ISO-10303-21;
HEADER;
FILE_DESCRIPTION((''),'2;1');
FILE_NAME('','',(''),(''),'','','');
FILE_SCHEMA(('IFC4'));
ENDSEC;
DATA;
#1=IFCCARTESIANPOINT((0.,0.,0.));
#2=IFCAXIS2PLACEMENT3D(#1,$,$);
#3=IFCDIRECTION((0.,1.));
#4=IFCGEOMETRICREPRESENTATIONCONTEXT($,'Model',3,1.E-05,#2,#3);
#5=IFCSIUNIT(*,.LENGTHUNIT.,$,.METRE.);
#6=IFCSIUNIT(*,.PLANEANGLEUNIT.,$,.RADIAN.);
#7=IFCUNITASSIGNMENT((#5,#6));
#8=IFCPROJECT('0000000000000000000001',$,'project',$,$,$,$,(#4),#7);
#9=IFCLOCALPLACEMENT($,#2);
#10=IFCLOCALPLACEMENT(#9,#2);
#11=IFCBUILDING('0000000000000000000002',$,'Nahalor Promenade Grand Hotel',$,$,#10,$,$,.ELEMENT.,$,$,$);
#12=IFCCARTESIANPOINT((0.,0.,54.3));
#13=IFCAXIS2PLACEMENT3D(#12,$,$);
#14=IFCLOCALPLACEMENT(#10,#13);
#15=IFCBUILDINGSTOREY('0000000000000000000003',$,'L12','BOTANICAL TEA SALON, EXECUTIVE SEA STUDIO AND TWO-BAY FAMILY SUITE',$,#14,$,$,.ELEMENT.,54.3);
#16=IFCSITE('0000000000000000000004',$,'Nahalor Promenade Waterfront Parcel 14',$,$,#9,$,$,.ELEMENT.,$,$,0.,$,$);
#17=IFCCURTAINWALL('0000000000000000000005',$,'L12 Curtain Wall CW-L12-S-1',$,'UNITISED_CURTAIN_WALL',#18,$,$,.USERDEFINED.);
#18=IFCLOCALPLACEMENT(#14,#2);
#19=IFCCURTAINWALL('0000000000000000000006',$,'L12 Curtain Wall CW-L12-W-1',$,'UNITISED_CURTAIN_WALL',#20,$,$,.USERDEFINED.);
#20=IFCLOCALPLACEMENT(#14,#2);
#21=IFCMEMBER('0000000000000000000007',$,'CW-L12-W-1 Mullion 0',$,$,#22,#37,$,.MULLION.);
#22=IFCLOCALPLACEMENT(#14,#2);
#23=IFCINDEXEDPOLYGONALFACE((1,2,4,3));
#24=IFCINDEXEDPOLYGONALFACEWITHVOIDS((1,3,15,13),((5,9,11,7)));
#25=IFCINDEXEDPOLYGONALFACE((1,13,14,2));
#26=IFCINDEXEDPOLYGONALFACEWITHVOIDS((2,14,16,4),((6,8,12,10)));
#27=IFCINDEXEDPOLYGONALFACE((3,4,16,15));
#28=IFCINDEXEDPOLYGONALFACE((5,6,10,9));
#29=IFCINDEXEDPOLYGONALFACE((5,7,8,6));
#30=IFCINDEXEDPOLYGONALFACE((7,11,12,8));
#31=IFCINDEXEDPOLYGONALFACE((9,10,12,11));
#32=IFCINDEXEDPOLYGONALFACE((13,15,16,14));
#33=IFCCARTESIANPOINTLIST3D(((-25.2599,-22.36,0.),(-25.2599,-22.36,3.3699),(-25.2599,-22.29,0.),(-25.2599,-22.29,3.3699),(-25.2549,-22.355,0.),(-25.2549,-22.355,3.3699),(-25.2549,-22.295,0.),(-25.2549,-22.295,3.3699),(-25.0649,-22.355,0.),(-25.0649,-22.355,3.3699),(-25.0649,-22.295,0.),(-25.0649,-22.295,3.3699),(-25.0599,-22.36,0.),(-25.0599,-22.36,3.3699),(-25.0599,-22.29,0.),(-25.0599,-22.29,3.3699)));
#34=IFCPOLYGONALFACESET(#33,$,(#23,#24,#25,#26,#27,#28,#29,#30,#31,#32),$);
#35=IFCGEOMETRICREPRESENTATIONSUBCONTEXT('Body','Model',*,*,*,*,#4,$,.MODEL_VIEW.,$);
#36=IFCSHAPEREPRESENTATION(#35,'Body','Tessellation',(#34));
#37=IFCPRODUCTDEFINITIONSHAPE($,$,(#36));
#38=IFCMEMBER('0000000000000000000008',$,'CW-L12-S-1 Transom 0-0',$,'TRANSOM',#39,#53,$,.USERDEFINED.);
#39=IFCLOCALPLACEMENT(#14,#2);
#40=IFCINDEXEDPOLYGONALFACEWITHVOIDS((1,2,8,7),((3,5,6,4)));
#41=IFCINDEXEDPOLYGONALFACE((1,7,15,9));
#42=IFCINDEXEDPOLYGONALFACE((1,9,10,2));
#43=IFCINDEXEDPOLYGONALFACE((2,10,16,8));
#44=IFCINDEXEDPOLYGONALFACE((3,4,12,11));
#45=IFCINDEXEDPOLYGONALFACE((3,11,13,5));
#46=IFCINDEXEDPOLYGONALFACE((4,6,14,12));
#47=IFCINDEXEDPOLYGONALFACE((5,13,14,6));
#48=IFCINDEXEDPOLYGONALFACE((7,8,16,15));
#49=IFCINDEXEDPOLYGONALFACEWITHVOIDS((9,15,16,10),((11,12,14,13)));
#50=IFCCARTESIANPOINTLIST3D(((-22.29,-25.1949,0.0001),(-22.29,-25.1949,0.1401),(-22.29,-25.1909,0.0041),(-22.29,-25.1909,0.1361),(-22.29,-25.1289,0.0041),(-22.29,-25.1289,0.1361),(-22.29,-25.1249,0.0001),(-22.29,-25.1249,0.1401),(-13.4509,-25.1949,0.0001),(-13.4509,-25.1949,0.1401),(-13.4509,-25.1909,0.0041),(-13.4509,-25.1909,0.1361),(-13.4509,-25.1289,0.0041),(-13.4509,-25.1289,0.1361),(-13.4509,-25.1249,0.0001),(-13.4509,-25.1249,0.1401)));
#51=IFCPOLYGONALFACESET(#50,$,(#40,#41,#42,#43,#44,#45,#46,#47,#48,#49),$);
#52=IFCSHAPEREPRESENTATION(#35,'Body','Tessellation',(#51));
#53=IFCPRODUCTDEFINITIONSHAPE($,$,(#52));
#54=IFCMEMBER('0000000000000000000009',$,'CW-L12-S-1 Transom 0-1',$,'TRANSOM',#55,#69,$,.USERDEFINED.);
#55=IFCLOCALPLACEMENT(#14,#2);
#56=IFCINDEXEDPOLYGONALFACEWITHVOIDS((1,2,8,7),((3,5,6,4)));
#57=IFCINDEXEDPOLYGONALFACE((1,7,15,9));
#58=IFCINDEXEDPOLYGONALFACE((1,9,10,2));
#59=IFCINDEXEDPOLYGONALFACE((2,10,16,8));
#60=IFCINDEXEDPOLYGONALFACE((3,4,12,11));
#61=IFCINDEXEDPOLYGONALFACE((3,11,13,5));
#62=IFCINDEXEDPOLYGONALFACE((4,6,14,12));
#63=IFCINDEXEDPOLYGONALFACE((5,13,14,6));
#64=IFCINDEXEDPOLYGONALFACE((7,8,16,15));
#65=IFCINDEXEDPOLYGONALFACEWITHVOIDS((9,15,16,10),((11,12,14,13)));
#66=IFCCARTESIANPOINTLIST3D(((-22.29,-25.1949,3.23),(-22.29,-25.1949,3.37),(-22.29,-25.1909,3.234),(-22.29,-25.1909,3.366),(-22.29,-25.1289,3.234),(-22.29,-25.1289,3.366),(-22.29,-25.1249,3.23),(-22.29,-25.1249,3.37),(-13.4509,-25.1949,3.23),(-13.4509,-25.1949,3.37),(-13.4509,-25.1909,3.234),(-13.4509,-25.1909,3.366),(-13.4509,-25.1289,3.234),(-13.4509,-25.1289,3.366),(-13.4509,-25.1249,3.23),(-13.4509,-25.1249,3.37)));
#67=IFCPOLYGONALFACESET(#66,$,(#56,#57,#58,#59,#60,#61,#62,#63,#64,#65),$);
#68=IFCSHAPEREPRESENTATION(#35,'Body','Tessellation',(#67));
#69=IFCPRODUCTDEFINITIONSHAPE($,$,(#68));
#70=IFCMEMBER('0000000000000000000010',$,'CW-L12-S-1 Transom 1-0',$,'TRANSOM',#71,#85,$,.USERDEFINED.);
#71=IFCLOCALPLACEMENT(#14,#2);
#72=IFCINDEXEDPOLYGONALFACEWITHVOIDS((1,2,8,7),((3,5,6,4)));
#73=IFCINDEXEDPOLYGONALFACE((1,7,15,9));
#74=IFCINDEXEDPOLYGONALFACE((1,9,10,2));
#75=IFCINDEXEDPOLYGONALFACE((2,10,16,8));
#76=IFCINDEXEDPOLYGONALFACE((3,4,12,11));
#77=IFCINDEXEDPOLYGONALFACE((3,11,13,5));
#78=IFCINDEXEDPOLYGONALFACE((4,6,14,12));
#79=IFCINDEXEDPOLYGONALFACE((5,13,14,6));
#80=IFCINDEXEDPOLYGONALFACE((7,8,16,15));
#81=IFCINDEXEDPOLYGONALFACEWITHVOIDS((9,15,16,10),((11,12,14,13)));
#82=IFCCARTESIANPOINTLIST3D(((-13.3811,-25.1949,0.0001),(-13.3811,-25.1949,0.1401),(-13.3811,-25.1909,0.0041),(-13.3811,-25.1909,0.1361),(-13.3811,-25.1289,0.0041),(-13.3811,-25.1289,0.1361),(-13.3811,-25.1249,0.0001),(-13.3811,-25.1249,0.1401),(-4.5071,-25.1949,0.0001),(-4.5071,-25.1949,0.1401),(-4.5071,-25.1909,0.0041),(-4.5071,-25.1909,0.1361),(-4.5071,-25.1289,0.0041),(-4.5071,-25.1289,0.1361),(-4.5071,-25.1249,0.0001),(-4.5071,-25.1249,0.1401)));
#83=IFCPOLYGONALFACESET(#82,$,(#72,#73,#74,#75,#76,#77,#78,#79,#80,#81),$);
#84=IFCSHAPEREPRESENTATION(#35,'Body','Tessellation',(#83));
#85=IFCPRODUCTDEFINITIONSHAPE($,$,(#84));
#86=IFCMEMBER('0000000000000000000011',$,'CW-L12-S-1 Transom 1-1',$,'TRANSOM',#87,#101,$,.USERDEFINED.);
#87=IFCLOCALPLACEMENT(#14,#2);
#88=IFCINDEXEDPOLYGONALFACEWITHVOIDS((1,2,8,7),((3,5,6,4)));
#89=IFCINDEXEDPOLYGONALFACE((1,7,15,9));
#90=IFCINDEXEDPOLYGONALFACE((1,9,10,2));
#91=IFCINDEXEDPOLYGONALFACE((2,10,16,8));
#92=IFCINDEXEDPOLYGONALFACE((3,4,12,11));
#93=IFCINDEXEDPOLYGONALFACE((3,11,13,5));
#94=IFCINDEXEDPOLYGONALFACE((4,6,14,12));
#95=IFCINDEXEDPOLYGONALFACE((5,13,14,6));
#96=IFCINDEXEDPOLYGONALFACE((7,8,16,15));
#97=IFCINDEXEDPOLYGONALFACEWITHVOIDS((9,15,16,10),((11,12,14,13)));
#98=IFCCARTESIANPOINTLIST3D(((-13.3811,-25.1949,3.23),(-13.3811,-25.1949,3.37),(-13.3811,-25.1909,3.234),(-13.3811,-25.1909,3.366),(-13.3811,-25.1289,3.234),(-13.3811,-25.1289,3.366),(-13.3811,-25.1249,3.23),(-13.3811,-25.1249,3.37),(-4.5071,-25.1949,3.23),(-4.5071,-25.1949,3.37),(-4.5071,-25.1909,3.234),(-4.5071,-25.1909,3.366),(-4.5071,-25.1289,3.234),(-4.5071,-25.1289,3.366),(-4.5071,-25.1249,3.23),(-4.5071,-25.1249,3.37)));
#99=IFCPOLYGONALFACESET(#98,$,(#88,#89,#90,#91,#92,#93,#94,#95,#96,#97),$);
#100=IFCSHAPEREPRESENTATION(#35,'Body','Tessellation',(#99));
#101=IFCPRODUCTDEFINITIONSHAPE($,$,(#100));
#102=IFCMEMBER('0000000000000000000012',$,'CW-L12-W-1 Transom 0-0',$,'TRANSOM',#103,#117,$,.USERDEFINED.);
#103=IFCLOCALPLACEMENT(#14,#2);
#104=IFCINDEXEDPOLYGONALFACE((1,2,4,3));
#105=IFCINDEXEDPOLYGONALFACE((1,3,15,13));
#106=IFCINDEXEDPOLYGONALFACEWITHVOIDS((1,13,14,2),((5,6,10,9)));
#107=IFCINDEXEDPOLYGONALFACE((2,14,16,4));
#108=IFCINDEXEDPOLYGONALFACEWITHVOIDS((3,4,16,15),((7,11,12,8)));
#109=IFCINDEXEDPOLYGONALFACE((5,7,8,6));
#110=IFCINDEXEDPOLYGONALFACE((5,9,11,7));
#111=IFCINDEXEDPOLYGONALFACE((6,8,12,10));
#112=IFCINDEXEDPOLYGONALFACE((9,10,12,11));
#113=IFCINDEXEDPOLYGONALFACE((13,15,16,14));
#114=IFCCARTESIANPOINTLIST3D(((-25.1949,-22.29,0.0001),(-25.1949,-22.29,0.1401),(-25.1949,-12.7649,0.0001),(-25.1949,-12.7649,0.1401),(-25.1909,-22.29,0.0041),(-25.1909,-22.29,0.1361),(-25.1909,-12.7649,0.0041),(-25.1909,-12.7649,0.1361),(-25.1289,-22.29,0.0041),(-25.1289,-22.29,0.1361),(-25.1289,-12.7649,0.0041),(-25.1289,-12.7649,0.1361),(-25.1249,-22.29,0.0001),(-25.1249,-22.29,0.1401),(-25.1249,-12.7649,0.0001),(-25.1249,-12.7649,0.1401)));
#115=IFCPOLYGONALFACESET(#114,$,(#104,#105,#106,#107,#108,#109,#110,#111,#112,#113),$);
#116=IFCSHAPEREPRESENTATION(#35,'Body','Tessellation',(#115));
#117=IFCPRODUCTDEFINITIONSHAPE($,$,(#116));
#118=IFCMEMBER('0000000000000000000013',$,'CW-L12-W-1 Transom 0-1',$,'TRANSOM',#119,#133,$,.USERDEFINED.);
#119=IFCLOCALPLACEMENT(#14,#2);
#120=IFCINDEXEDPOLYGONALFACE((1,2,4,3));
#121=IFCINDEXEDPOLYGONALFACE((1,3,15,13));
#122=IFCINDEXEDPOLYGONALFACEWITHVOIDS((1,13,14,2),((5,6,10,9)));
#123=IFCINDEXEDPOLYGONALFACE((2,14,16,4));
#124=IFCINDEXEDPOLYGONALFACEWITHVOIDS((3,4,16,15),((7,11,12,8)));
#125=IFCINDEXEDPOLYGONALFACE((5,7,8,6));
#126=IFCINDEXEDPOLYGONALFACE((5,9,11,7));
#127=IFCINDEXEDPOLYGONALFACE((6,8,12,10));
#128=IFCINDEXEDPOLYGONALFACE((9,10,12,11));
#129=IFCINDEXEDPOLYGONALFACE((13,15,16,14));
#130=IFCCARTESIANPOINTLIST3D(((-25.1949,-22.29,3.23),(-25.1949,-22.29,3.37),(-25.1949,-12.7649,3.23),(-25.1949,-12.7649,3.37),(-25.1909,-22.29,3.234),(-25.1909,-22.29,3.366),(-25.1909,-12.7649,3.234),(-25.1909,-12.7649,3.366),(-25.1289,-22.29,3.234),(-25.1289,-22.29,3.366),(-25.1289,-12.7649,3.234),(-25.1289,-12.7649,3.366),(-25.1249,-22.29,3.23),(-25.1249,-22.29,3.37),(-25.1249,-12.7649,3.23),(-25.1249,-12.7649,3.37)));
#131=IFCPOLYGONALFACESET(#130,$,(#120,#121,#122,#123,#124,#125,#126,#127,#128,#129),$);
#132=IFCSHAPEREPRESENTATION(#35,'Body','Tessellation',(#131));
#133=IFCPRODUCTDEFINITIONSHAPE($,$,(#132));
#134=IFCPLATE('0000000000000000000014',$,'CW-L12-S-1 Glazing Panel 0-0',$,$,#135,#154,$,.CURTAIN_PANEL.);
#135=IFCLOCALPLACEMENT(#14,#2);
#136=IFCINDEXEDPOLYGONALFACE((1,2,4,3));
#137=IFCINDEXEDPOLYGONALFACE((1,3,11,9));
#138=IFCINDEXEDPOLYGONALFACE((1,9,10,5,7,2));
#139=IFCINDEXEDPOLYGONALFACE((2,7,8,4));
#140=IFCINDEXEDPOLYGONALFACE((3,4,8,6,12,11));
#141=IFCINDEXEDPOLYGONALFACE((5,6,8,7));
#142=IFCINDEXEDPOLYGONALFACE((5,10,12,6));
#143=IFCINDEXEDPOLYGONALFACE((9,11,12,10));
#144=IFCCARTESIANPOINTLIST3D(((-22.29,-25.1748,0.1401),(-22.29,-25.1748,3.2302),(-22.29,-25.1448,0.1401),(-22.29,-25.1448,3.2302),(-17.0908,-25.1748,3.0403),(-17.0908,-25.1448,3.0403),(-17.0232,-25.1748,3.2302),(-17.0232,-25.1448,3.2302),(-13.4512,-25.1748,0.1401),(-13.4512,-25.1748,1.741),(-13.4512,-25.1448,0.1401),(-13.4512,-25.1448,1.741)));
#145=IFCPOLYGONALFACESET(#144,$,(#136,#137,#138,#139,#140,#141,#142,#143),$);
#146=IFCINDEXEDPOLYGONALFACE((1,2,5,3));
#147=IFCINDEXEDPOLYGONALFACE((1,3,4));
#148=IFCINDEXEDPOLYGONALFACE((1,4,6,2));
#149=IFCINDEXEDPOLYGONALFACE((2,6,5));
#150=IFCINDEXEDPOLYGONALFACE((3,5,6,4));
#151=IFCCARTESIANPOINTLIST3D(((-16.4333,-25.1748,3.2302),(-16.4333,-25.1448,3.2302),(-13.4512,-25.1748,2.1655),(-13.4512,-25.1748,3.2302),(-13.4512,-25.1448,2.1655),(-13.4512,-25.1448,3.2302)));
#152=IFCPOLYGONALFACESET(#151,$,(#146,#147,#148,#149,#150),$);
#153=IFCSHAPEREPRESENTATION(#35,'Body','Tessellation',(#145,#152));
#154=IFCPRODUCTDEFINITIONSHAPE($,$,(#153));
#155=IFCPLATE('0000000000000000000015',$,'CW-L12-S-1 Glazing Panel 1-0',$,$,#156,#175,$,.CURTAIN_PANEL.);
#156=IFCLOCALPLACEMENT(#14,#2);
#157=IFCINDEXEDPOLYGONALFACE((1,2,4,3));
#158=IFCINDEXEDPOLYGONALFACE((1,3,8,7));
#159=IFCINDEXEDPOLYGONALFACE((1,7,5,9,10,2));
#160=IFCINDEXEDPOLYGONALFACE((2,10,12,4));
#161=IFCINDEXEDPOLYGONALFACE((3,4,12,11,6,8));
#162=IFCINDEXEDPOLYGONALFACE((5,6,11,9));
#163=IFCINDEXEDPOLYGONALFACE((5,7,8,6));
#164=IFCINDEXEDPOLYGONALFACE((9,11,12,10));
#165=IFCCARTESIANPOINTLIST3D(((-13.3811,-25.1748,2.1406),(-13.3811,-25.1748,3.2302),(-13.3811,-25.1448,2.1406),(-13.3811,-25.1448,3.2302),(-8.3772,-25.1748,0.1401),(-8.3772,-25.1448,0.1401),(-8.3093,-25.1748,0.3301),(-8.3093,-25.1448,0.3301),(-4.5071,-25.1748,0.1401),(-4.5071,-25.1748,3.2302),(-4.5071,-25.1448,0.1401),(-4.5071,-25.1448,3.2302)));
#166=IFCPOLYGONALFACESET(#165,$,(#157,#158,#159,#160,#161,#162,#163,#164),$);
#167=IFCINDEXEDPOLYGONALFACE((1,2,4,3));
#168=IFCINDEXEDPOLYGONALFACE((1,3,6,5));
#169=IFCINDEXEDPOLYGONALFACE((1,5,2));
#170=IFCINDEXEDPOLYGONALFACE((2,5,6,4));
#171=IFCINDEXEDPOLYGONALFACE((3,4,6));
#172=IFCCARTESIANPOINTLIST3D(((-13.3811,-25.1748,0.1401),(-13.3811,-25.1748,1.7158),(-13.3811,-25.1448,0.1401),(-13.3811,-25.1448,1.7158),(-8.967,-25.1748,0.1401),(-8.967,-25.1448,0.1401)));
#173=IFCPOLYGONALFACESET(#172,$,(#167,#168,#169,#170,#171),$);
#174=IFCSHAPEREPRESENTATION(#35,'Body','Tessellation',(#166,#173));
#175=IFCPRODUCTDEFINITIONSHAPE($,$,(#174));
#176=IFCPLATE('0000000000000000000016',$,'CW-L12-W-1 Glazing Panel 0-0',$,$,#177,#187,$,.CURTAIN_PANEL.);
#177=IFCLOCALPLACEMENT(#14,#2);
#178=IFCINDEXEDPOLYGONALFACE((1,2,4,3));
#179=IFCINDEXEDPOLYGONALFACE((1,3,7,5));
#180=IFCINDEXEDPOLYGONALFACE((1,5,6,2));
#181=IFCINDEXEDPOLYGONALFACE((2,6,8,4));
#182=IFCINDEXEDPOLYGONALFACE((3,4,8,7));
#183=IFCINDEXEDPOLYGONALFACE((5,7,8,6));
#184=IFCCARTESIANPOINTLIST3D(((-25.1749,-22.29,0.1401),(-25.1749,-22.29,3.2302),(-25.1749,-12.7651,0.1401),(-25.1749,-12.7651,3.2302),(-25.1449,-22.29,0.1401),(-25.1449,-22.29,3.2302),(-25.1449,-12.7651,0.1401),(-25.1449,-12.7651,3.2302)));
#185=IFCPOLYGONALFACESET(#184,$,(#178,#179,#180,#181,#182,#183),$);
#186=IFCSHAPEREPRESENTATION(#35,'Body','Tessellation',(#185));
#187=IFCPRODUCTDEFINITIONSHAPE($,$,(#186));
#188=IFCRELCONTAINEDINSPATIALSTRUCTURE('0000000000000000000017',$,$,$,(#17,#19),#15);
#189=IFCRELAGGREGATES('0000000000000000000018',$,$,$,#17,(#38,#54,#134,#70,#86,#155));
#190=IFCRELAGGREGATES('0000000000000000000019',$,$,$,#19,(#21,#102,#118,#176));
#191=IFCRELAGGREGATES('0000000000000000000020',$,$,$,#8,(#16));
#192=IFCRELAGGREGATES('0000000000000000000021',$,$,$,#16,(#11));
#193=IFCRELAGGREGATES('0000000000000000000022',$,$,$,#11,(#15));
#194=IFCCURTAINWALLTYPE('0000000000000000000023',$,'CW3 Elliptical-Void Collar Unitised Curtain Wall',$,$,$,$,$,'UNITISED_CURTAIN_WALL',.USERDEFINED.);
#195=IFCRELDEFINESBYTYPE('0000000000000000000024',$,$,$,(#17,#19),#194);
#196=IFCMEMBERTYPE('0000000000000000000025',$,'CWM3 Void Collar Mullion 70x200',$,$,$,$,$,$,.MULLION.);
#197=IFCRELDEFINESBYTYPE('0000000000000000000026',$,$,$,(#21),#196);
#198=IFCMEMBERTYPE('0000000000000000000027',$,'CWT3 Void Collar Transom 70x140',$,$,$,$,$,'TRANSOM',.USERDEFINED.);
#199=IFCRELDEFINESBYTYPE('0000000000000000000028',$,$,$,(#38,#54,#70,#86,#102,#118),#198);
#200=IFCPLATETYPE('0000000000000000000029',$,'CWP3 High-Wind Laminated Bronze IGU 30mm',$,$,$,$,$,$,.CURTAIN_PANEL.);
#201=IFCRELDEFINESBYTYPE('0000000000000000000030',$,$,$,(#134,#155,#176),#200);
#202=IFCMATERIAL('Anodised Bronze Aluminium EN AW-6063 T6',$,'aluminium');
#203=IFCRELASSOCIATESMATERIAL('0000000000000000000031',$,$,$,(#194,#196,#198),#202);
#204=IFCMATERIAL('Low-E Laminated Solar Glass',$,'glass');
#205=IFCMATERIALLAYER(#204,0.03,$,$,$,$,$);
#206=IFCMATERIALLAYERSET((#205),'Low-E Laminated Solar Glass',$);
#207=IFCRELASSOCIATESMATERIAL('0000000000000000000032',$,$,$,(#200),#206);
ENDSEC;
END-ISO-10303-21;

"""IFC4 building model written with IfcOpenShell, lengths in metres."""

from ifc_helpers import new_model, si_unit, direction, frame, origin, origin_2d, place, context, subcontext, project, spatial, polyline, rectangle, hollow_rectangle, outline, extrude, source, transform, mapped, material, layer, layer_set, material_profile, profile_set, type_object, element, aggregate, save


model = new_model("IFC4")

# Units and contexts
model_context = context("Model", 3, precision=1e-05, world=origin(), true_north=direction((0.0, 1.0)))
body_context = subcontext(model_context, "Body", "Model", "MODEL_VIEW")
ifc_project = project(units=[si_unit("LENGTHUNIT", "METRE"), si_unit("PLANEANGLEUNIT", "RADIAN")], contexts=[model_context])

# Site, building, storey
site_placement = place(None, origin())
site = spatial("IfcSite", under=ifc_project, at=site_placement, Name="Nahalor Promenade Waterfront Parcel 14", CompositionType="ELEMENT", RefElevation=0.0)
building_placement = place(site_placement, origin())
building = spatial("IfcBuilding", under=site, at=building_placement, Name="Nahalor Promenade Grand Hotel", CompositionType="ELEMENT")
storey_placement = place(building_placement, frame((0.0, 0.0, 54.3)))
storey = spatial("IfcBuildingStorey", under=building, at=storey_placement, Name="L12", Description="BOTANICAL TEA SALON, EXECUTIVE SEA STUDIO AND TWO-BAY FAMILY SUITE", CompositionType="ELEMENT", Elevation=54.3)

# Curtain wall
ifc_material_1 = material(Name="Anodised Bronze Aluminium EN AW-6063 T6", Category="aluminium")
curtain_wall_type = type_object("IfcCurtainWallType", Name="CW3 Elliptical-Void Collar Unitised Curtain Wall", ElementType="UNITISED_CURTAIN_WALL", PredefinedType="USERDEFINED", material=ifc_material_1)
curtain_wall_1_placement = place(storey_placement, origin())
curtain_wall_1 = element("IfcCurtainWall", 1, at=curtain_wall_1_placement, inside=storey, type_object=curtain_wall_type, Name="L12 Curtain Wall CW-L12-S-1", ObjectType="UNITISED_CURTAIN_WALL", PredefinedType="USERDEFINED")
ifc_material_profile_1 = material_profile(ifc_material_1, hollow_rectangle(XDim=0.07, YDim=0.2, WallThickness=0.005, at=origin_2d()), Name="CWM 70x200x5")
ifc_profile_set_1 = profile_set([ifc_material_profile_1], Name="Anodised Bronze Aluminium EN AW-6063 T6")
member_type_1 = type_object("IfcMemberType", Name="CWM3 Void Collar Mullion 70x200", PredefinedType="MULLION", material=ifc_profile_set_1)
shared_shape_1 = source(origin(), body_context, "Body", "SweptSolid", [
    extrude(hollow_rectangle(XDim=0.07, YDim=0.2, WallThickness=0.005, at=origin_2d()), origin(), (0.0, 0.0, 1.0), 3.3699),
])

# Curtain wall, member
curtain_wall_2_placement = place(storey_placement, origin())
curtain_wall_2 = element("IfcCurtainWall", 2, at=curtain_wall_2_placement, inside=storey, type_object=curtain_wall_type, Name="L12 Curtain Wall CW-L12-W-1", ObjectType="UNITISED_CURTAIN_WALL", PredefinedType="USERDEFINED")
member_1_placement = place(storey_placement, frame((-25.1599, -22.325, 0.0), z_axis=(0.0, 0.0, 1.0), x_axis=(0.0, 1.0, 0.0)))
member_1 = element("IfcMember", 3, at=member_1_placement, type_object=member_type_1, Name="CW-L12-W-1 Mullion 0", PredefinedType="MULLION", context=body_context, shape_type="MappedRepresentation", body=[
    mapped(shared_shape_1, transform((0.0, 0.0, 0.0), scale=1.0)),
])

# Members
ifc_material_profile_2 = material_profile(ifc_material_1, hollow_rectangle(XDim=0.07, YDim=0.14, WallThickness=0.004, at=origin_2d()), Name="CWT 70x140x4")
ifc_profile_set_2 = profile_set([ifc_material_profile_2], Name="Anodised Bronze Aluminium EN AW-6063 T6")
member_type_2 = type_object("IfcMemberType", Name="CWT3 Void Collar Transom 70x140", ElementType="TRANSOM", PredefinedType="USERDEFINED", material=ifc_profile_set_2)
shared_shape_2 = source(origin(), body_context, "Body", "SweptSolid", [
    extrude(hollow_rectangle(XDim=0.07, YDim=0.14, WallThickness=0.004, at=origin_2d()), origin(), (0.0, 0.0, 1.0), 8.8391),
])
member_2_placement = place(storey_placement, frame((-22.29, -25.1599, 0.0701), z_axis=(1.0, 0.0, 0.0), x_axis=(0.0, 1.0, 0.0)))
member_2 = element("IfcMember", 4, at=member_2_placement, type_object=member_type_2, Name="CW-L12-S-1 Transom 0-0", ObjectType="TRANSOM", PredefinedType="USERDEFINED", context=body_context, shape_type="MappedRepresentation", body=[
    mapped(shared_shape_2, transform((0.0, 0.0, 0.0), scale=1.0)),
])
member_3_placement = place(storey_placement, frame((-22.29, -25.1599, 3.3), z_axis=(1.0, 0.0, 0.0), x_axis=(0.0, 1.0, 0.0)))
member_3 = element("IfcMember", 5, at=member_3_placement, type_object=member_type_2, Name="CW-L12-S-1 Transom 0-1", ObjectType="TRANSOM", PredefinedType="USERDEFINED", context=body_context, shape_type="MappedRepresentation", body=[
    mapped(shared_shape_2, transform((0.0, 0.0, 0.0), scale=1.0)),
])
shared_shape_3 = source(origin(), body_context, "Body", "SweptSolid", [
    extrude(hollow_rectangle(XDim=0.07, YDim=0.14, WallThickness=0.004, at=origin_2d()), origin(), (0.0, 0.0, 1.0), 8.874),
])
member_4_placement = place(storey_placement, frame((-13.3811, -25.1599, 0.0701), z_axis=(1.0, 0.0, 0.0), x_axis=(0.0, 1.0, 0.0)))
member_4 = element("IfcMember", 6, at=member_4_placement, type_object=member_type_2, Name="CW-L12-S-1 Transom 1-0", ObjectType="TRANSOM", PredefinedType="USERDEFINED", context=body_context, shape_type="MappedRepresentation", body=[
    mapped(shared_shape_3, transform((0.0, 0.0, 0.0), scale=1.0)),
])
member_5_placement = place(storey_placement, frame((-13.3811, -25.1599, 3.3), z_axis=(1.0, 0.0, 0.0), x_axis=(0.0, 1.0, 0.0)))
member_5 = element("IfcMember", 7, at=member_5_placement, type_object=member_type_2, Name="CW-L12-S-1 Transom 1-1", ObjectType="TRANSOM", PredefinedType="USERDEFINED", context=body_context, shape_type="MappedRepresentation", body=[
    mapped(shared_shape_3, transform((0.0, 0.0, 0.0), scale=1.0)),
])
shared_shape_4 = source(origin(), body_context, "Body", "SweptSolid", [
    extrude(hollow_rectangle(XDim=0.07, YDim=0.14, WallThickness=0.004, at=origin_2d()), origin(), (0.0, 0.0, 1.0), 9.5251),
])
member_6_placement = place(storey_placement, frame((-25.1599, -22.29, 0.0701), z_axis=(0.0, 1.0, 0.0), x_axis=(-1.0, 0.0, 0.0)))
member_6 = element("IfcMember", 8, at=member_6_placement, type_object=member_type_2, Name="CW-L12-W-1 Transom 0-0", ObjectType="TRANSOM", PredefinedType="USERDEFINED", context=body_context, shape_type="MappedRepresentation", body=[
    mapped(shared_shape_4, transform((0.0, 0.0, 0.0), scale=1.0)),
])
member_7_placement = place(storey_placement, frame((-25.1599, -22.29, 3.3), z_axis=(0.0, 1.0, 0.0), x_axis=(-1.0, 0.0, 0.0)))
member_7 = element("IfcMember", 9, at=member_7_placement, type_object=member_type_2, Name="CW-L12-W-1 Transom 0-1", ObjectType="TRANSOM", PredefinedType="USERDEFINED", context=body_context, shape_type="MappedRepresentation", body=[
    mapped(shared_shape_4, transform((0.0, 0.0, 0.0), scale=1.0)),
])

# Plates
ifc_material_2 = material(Name="Low-E Laminated Solar Glass", Category="glass")
ifc_layer_1 = layer(ifc_material_2, 0.03)
ifc_layer_set_1 = layer_set([ifc_layer_1], Name="Low-E Laminated Solar Glass")
plate_type = type_object("IfcPlateType", Name="CWP3 High-Wind Laminated Bronze IGU 30mm", PredefinedType="CURTAIN_PANEL", material=ifc_layer_set_1)
plate_1_placement = place(storey_placement, frame((-17.8706, -25.1599, 0.1401), z_axis=(0.0, 0.0, 1.0), x_axis=(1.0, 0.0, 0.0)))
plate_1 = element("IfcPlate", 10, at=plate_1_placement, type_object=plate_type, Name="CW-L12-S-1 Glazing Panel 0-0", PredefinedType="CURTAIN_PANEL", context=body_context, shape_type="SweptSolid", body=[
    extrude(outline(polyline([(-4.4194, 0.0), (4.4194, 0.0), (4.4194, 1.6008), (0.7798, 2.9001), (0.8474, 3.0901), (-4.4194, 3.0901), (-4.4194, 0.0)])), frame((0.0, 0.0151, 0.0), z_axis=(0.0, -1.0, 0.0), x_axis=(1.0, 0.0, 0.0)), (0.0, 0.0, 1.0), 0.03),
    extrude(outline(polyline([(4.4194, 2.0254), (4.4194, 3.0901), (1.4373, 3.0901), (4.4194, 2.0254)])), frame((0.0, 0.0151, 0.0), z_axis=(0.0, -1.0, 0.0), x_axis=(1.0, 0.0, 0.0)), (0.0, 0.0, 1.0), 0.03),
])
plate_2_placement = place(storey_placement, frame((-8.9441, -25.1599, 0.1401), z_axis=(0.0, 0.0, 1.0), x_axis=(1.0, 0.0, 0.0)))
plate_2 = element("IfcPlate", 11, at=plate_2_placement, type_object=plate_type, Name="CW-L12-S-1 Glazing Panel 1-0", PredefinedType="CURTAIN_PANEL", context=body_context, shape_type="SweptSolid", body=[
    extrude(outline(polyline([(4.437, 3.0901), (-4.437, 3.0901), (-4.437, 2.0005), (0.6348, 0.1899), (0.5669, 0.0), (4.437, 0.0), (4.437, 3.0901)])), frame((0.0, 0.0151, 0.0), z_axis=(0.0, -1.0, 0.0), x_axis=(1.0, 0.0, 0.0)), (0.0, 0.0, 1.0), 0.03),
    extrude(outline(polyline([(-4.437, 1.5757), (-4.437, 0.0), (-0.0229, 0.0), (-4.437, 1.5757)])), frame((0.0, 0.0151, 0.0), z_axis=(0.0, -1.0, 0.0), x_axis=(1.0, 0.0, 0.0)), (0.0, 0.0, 1.0), 0.03),
])
aggregate(curtain_wall_1, [member_2, member_3, plate_1, member_4, member_5, plate_2])
shared_shape_5 = source(origin(), body_context, "Body", "SweptSolid", [
    extrude(rectangle(XDim=9.5249, YDim=0.03, at=origin_2d()), origin(), (0.0, 0.0, 1.0), 3.0901),
])
plate_3_placement = place(storey_placement, frame((-25.1599, -17.5276, 0.1401), z_axis=(0.0, 0.0, 1.0), x_axis=(0.0, 1.0, 0.0)))
plate_3 = element("IfcPlate", 12, at=plate_3_placement, type_object=plate_type, Name="CW-L12-W-1 Glazing Panel 0-0", PredefinedType="CURTAIN_PANEL", context=body_context, shape_type="MappedRepresentation", body=[
    mapped(shared_shape_5, transform((0.0, 0.0, 0.0), scale=1.0)),
])
aggregate(curtain_wall_2, [member_1, member_6, member_7, plate_3])

save(model, "model.ifc")
